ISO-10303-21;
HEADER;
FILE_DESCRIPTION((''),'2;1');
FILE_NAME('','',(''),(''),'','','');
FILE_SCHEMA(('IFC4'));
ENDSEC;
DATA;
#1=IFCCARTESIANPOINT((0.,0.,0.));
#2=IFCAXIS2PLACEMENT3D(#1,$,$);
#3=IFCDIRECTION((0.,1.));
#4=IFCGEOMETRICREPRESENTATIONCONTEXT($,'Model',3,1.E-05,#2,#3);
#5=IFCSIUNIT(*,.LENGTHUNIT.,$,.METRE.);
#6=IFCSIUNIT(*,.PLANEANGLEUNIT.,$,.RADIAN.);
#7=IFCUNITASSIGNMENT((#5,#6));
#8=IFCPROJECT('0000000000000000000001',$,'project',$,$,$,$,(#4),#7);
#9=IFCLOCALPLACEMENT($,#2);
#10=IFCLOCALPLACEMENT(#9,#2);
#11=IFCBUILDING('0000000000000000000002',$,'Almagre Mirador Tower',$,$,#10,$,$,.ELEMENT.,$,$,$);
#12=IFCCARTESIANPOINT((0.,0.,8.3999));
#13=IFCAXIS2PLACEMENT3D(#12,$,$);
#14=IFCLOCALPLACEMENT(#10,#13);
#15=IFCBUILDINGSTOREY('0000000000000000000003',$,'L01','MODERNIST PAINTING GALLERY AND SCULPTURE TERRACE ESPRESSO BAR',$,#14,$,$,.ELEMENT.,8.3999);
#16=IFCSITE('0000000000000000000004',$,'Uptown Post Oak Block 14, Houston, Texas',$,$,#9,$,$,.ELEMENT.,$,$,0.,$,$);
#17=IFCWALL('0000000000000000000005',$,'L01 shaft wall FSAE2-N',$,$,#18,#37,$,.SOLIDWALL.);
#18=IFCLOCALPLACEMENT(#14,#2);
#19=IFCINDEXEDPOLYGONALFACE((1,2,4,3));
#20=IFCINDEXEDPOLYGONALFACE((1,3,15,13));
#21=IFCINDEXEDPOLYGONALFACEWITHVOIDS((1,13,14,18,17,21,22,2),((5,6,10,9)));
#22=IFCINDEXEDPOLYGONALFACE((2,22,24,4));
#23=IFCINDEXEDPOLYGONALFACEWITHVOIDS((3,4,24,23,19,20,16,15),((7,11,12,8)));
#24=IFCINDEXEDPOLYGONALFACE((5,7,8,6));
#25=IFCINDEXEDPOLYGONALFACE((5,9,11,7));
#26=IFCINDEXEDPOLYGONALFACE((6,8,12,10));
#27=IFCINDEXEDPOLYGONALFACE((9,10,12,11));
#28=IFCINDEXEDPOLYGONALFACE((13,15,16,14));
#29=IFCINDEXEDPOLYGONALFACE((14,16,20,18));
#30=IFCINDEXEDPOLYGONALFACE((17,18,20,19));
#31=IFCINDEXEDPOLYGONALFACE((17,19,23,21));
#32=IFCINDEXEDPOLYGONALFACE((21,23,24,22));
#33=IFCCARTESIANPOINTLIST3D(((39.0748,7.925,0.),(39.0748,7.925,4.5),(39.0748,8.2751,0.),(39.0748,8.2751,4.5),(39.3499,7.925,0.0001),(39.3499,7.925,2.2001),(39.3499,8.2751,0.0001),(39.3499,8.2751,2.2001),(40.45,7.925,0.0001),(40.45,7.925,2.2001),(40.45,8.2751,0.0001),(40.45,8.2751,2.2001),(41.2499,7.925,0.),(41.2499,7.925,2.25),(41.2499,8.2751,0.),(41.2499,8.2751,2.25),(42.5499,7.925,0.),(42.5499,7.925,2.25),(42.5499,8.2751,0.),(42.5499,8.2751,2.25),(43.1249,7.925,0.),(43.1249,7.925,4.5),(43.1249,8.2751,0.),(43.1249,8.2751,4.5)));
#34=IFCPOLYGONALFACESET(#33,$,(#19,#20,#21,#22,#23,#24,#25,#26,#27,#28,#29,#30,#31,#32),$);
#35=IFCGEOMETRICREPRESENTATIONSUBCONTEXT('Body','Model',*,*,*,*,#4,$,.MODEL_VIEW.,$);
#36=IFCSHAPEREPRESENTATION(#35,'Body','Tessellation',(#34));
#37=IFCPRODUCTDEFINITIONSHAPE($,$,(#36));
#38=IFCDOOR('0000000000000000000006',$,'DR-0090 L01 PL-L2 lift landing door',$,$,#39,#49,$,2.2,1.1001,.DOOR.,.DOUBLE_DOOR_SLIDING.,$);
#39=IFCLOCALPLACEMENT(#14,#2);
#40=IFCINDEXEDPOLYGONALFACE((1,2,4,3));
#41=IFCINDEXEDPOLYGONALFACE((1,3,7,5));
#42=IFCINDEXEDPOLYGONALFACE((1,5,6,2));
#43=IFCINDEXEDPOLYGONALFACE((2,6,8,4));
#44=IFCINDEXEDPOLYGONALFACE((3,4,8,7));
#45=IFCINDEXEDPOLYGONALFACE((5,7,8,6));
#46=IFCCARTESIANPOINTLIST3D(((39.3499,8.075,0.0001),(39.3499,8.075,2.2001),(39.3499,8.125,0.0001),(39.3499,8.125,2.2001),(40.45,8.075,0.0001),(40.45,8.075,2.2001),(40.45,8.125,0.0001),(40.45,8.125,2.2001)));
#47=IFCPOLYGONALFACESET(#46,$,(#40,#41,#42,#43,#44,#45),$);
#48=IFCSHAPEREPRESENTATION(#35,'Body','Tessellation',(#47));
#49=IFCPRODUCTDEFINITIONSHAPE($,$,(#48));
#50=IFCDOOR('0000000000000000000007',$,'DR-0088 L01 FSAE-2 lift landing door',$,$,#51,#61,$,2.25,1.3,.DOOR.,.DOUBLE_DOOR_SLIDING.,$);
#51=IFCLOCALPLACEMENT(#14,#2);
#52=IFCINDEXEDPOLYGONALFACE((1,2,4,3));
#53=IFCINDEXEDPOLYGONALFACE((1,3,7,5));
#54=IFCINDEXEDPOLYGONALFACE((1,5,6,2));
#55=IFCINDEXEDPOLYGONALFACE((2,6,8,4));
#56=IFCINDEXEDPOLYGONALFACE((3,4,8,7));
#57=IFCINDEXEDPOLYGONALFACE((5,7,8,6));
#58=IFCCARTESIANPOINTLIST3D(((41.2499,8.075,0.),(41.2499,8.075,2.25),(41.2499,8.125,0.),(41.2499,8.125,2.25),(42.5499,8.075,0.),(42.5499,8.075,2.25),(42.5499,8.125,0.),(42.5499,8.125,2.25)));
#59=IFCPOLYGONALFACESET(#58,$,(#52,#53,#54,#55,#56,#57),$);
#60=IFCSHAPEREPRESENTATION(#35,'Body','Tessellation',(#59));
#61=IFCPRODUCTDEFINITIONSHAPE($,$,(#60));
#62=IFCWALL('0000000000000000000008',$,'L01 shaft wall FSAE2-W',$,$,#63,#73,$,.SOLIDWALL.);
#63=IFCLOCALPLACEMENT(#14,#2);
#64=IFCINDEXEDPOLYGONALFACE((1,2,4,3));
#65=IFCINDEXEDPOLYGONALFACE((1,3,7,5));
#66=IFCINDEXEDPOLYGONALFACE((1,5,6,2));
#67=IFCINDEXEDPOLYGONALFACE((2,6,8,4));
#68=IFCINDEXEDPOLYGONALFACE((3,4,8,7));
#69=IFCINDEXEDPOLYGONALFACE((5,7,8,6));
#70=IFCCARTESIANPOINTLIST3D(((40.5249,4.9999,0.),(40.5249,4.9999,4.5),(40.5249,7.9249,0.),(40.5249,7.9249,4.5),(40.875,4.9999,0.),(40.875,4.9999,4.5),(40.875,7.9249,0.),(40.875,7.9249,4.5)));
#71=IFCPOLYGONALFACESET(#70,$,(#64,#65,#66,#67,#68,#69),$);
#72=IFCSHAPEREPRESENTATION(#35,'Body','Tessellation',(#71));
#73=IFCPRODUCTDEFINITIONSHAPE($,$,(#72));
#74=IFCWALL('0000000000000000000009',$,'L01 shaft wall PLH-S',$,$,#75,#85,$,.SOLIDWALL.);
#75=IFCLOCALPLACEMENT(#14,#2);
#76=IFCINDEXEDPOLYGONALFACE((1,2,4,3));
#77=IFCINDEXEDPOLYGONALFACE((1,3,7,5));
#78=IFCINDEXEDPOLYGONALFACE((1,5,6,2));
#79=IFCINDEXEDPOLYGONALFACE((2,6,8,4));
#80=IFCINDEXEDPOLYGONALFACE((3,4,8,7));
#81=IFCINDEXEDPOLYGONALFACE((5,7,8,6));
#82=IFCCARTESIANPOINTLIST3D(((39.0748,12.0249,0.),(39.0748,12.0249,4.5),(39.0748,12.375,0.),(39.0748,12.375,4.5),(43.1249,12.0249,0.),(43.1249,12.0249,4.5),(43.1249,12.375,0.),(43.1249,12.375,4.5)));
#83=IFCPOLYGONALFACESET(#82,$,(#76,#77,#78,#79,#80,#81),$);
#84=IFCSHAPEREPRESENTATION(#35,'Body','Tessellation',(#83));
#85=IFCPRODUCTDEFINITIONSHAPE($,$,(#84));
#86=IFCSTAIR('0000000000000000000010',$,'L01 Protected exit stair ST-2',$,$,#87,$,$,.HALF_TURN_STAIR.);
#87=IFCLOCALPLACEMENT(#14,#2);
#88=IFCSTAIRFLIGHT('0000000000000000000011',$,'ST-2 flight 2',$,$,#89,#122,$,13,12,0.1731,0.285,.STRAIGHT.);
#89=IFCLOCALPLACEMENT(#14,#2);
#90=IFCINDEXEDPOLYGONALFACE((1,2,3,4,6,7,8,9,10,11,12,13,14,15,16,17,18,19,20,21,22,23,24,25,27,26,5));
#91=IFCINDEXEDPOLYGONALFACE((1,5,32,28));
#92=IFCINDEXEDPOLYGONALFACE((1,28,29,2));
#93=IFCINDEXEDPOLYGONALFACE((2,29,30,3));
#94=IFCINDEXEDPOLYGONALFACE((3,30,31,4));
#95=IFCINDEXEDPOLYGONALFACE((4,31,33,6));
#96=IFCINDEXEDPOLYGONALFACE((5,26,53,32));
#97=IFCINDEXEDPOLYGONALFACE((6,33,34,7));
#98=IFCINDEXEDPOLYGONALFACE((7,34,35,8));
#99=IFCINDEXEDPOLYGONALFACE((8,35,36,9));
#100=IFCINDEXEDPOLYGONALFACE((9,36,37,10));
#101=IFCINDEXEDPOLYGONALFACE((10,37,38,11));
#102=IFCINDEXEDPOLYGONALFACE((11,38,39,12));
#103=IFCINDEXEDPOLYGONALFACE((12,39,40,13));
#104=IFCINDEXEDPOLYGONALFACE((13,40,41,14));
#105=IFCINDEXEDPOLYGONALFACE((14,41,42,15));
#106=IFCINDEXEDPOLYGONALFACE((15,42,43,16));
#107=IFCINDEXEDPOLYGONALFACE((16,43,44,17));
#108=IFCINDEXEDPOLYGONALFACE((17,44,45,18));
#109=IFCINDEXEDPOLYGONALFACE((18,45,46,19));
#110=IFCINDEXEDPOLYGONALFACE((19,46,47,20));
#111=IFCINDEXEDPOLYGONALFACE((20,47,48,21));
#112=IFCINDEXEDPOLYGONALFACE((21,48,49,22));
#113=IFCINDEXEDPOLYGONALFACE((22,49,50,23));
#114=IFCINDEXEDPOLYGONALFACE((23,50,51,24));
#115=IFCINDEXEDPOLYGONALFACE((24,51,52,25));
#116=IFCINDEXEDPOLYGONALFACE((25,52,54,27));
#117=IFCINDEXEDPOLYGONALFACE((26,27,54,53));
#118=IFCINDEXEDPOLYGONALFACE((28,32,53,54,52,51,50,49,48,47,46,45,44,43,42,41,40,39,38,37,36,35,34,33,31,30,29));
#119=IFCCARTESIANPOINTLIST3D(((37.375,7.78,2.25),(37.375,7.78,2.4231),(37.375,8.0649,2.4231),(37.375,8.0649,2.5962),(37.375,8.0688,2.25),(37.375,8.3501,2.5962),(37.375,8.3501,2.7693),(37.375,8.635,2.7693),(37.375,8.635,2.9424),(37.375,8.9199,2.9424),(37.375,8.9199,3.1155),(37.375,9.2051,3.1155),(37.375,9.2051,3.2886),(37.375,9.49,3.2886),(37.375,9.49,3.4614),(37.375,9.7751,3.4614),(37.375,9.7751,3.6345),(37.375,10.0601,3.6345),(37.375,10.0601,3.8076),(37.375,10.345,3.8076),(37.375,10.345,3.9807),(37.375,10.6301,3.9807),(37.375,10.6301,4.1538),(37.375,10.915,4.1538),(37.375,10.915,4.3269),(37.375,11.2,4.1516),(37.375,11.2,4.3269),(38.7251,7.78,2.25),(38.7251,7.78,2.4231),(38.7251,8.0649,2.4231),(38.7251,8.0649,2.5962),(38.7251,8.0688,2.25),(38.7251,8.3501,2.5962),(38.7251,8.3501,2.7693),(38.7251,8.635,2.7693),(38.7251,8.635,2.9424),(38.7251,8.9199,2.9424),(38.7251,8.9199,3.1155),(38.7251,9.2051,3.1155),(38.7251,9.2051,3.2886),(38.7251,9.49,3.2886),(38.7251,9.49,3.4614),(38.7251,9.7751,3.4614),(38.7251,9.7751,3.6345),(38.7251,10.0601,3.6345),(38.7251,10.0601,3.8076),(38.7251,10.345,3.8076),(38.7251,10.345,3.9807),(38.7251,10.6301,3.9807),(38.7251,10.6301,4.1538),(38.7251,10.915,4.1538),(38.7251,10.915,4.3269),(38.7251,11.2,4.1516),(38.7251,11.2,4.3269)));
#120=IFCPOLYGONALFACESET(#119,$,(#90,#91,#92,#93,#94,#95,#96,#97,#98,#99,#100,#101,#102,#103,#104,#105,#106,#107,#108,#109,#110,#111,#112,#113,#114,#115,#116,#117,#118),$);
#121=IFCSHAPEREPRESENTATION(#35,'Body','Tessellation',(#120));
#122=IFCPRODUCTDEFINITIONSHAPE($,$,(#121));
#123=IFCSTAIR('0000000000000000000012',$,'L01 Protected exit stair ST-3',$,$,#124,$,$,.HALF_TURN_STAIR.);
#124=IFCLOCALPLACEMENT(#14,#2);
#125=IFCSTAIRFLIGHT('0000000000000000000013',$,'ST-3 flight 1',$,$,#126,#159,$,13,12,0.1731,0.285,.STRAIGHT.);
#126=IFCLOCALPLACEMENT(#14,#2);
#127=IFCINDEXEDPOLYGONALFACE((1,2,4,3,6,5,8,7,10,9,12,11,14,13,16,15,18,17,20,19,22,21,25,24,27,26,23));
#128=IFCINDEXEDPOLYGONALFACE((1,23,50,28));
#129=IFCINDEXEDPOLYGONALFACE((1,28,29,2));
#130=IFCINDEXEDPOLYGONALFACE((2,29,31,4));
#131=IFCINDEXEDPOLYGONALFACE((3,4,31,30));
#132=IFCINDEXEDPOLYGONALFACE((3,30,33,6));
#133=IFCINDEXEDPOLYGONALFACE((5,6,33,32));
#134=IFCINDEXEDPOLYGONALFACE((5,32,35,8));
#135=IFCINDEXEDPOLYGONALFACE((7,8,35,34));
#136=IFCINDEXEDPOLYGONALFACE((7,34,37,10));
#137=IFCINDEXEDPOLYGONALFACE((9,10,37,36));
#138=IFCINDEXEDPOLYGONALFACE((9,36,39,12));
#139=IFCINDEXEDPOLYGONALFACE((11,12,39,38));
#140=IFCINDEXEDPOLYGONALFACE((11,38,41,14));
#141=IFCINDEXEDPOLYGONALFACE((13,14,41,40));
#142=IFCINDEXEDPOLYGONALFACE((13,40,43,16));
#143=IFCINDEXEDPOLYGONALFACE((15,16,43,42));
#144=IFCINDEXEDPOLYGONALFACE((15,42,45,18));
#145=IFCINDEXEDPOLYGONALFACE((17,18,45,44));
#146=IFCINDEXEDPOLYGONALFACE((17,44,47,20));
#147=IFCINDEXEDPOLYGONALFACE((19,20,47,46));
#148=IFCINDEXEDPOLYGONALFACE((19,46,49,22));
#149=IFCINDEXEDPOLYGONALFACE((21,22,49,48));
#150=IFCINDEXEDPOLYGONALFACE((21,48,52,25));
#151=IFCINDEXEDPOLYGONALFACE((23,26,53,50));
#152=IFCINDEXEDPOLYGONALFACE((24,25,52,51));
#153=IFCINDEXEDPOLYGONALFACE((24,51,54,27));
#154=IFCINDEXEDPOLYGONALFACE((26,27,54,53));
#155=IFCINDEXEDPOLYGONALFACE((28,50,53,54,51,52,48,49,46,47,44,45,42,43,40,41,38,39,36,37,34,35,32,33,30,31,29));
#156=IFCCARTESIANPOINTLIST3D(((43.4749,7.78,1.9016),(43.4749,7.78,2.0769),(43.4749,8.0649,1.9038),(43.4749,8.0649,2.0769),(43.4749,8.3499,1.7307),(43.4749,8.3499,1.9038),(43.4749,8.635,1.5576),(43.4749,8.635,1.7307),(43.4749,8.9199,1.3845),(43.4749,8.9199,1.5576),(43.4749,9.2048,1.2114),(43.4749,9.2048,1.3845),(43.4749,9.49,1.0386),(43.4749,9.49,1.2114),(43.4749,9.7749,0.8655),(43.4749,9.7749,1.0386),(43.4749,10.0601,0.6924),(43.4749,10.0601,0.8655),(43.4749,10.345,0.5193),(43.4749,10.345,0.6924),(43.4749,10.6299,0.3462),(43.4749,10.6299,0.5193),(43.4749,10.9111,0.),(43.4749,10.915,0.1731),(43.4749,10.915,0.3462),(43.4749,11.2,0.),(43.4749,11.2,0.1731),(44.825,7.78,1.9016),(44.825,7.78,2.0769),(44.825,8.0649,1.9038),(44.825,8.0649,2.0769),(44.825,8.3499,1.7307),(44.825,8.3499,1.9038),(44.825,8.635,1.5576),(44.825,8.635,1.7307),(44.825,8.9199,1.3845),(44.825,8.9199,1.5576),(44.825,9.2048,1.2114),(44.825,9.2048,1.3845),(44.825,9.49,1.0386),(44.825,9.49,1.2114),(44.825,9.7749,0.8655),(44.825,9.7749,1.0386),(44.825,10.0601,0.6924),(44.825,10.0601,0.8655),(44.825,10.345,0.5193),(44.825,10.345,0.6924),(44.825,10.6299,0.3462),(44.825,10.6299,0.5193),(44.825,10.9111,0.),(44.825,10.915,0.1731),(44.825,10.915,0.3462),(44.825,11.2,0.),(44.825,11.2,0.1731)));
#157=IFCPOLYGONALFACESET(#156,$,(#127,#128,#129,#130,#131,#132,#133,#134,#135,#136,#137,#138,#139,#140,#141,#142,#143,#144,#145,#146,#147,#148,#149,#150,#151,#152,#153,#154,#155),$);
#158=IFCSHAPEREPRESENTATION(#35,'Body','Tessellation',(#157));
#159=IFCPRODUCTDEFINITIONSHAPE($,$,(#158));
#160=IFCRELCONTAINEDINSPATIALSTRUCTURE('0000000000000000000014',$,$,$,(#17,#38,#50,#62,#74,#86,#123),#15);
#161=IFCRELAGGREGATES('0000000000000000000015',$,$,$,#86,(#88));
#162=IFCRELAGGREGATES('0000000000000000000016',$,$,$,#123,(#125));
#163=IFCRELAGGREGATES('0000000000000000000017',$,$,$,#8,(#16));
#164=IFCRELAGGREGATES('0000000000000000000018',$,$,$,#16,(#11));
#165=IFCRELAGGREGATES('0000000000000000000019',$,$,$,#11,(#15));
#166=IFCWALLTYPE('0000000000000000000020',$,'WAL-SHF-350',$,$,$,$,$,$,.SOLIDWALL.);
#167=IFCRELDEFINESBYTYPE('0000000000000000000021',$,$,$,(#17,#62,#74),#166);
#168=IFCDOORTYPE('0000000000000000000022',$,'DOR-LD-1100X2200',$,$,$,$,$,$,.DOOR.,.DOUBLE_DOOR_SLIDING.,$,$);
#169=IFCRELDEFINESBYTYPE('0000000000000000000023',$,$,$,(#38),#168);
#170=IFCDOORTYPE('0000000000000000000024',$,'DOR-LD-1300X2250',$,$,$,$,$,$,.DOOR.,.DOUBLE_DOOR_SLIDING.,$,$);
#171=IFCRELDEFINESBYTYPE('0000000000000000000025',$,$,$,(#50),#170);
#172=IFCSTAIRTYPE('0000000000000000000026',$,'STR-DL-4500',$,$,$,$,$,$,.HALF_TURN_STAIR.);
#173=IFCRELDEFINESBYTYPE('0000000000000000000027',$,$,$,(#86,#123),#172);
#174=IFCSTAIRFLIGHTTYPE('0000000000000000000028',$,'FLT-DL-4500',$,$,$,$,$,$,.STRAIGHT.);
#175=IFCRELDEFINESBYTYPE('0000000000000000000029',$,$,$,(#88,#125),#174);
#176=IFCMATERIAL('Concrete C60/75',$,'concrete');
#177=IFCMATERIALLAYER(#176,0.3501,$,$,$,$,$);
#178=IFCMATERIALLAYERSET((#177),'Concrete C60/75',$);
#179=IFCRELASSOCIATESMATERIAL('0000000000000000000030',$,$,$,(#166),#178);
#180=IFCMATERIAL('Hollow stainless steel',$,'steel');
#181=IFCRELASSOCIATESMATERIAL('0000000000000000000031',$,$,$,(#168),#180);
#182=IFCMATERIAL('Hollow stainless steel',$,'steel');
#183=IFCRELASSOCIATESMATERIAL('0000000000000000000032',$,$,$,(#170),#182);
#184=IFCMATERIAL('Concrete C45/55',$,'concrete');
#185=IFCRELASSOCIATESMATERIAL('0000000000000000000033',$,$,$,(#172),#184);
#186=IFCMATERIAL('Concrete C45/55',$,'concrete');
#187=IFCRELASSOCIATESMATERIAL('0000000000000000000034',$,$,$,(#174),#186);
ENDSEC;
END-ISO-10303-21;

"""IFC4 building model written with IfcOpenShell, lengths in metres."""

from ifc_helpers import new_model, si_unit, direction, frame, frame_2d, origin, place, context, subcontext, project, spatial, polyline, rectangle, outline, extrude, material, layer, layer_set, type_object, element, fill, aggregate, save


model = new_model("IFC4")

# Units and contexts
model_context = context("Model", 3, precision=1e-05, world=origin(), true_north=direction((0.0, 1.0)))
body_context = subcontext(model_context, "Body", "Model", "MODEL_VIEW")
ifc_project = project(units=[si_unit("LENGTHUNIT", "METRE"), si_unit("PLANEANGLEUNIT", "RADIAN")], contexts=[model_context])

# Site, building, storey
site_placement = place(None, origin())
site = spatial("IfcSite", under=ifc_project, at=site_placement, Name="Uptown Post Oak Block 14, Houston, Texas", CompositionType="ELEMENT", RefElevation=0.0)
building_placement = place(site_placement, origin())
building = spatial("IfcBuilding", under=site, at=building_placement, Name="Almagre Mirador Tower", CompositionType="ELEMENT")
storey_placement = place(building_placement, frame((0.0, 0.0, 8.3999)))
storey = spatial("IfcBuildingStorey", under=building, at=storey_placement, Name="L01", Description="MODERNIST PAINTING GALLERY AND SCULPTURE TERRACE ESPRESSO BAR", CompositionType="ELEMENT", Elevation=8.3999)

# Shared definitions
ifc_material_1 = material(Name="Concrete C60/75", Category="concrete")
ifc_layer_1 = layer(ifc_material_1, 0.3501)
ifc_layer_set_1 = layer_set([ifc_layer_1], Name="Concrete C60/75")
wall_type_1 = type_object("IfcWallType", Name="WAL-SHF-350", PredefinedType="SOLIDWALL", material=ifc_layer_set_1)

# Wall, openings, doors
wall_1_placement = place(storey_placement, frame((39.075, 8.1001, 0.0), z_axis=(0.0, 0.0, 1.0), x_axis=(1.0, 0.0, 0.0)))
wall_1 = element("IfcWall", 1, at=wall_1_placement, inside=storey, type_object=wall_type_1, Name="L01 shaft wall FSAE2-N", PredefinedType="SOLIDWALL", context=body_context, shape_type="SweptSolid", body=[
    extrude(rectangle(XDim=4.05, YDim=0.3501, at=frame_2d((2.0249, 0.0))), origin(), (0.0, 0.0, 1.0), 4.5),
])
opening_1_placement = place(wall_1_placement, frame((2.175, 0.0, 0.0)))
opening_1 = element("IfcOpeningElement", 2, at=opening_1_placement, cuts=wall_1, PredefinedType="OPENING", context=body_context, shape_type="SweptSolid", body=[
    extrude(rectangle(XDim=1.3, YDim=2.25, at=frame_2d((0.6499, 1.125))), frame((0.0, 0.185, 0.0), z_axis=(0.0, -1.0, 0.0), x_axis=(1.0, 0.0, 0.0)), (0.0, 0.0, 1.0), 0.3701),
])
opening_2_placement = place(wall_1_placement, frame((0.2749, 0.0, 0.0)))
opening_2 = element("IfcOpeningElement", 3, at=opening_2_placement, cuts=wall_1, PredefinedType="OPENING", context=body_context, shape_type="SweptSolid", body=[
    extrude(rectangle(XDim=1.1001, YDim=2.2, at=frame_2d((0.55, 1.1001))), frame((0.0, 0.185, 0.0), z_axis=(0.0, -1.0, 0.0), x_axis=(1.0, 0.0, 0.0)), (0.0, 0.0, 1.0), 0.3701),
])
ifc_material_2 = material(Name="Hollow stainless steel", Category="steel")
door_type_1 = type_object("IfcDoorType", Name="DOR-LD-1100X2200", OperationType="DOUBLE_DOOR_SLIDING", PredefinedType="DOOR", material=ifc_material_2)
door_1_placement = place(opening_2_placement, origin())
door_1 = element("IfcDoor", 4, at=door_1_placement, inside=storey, type_object=door_type_1, Name="DR-0090 L01 PL-L2 lift landing door", OperationType="DOUBLE_DOOR_SLIDING", OverallHeight=2.2, OverallWidth=1.1001, PredefinedType="DOOR", context=body_context, shape_type="SweptSolid", body=[
    extrude(rectangle(XDim=1.1001, YDim=2.2, at=frame_2d((0.55, 1.1001))), frame((0.0, 0.0249, 0.0), z_axis=(0.0, -1.0, 0.0), x_axis=(1.0, 0.0, 0.0)), (0.0, 0.0, 1.0), 0.05),
])
fill(opening_2, door_1)
ifc_material_3 = material(Name="Hollow stainless steel", Category="steel")
door_type_2 = type_object("IfcDoorType", Name="DOR-LD-1300X2250", OperationType="DOUBLE_DOOR_SLIDING", PredefinedType="DOOR", material=ifc_material_3)
door_2_placement = place(opening_1_placement, origin())
door_2 = element("IfcDoor", 5, at=door_2_placement, inside=storey, type_object=door_type_2, Name="DR-0088 L01 FSAE-2 lift landing door", OperationType="DOUBLE_DOOR_SLIDING", OverallHeight=2.25, OverallWidth=1.3, PredefinedType="DOOR", context=body_context, shape_type="SweptSolid", body=[
    extrude(rectangle(XDim=1.3, YDim=2.25, at=frame_2d((0.6499, 1.125))), frame((0.0, 0.0249, 0.0), z_axis=(0.0, -1.0, 0.0), x_axis=(1.0, 0.0, 0.0)), (0.0, 0.0, 1.0), 0.05),
])
fill(opening_1, door_2)

# Walls
wall_2_placement = place(storey_placement, frame((40.7, 5.0, 0.0), z_axis=(0.0, 0.0, 1.0), x_axis=(0.0, 1.0, 0.0)))
element("IfcWall", 6, at=wall_2_placement, inside=storey, type_object=wall_type_1, Name="L01 shaft wall FSAE2-W", PredefinedType="SOLIDWALL", context=body_context, shape_type="SweptSolid", body=[
    extrude(rectangle(XDim=2.925, YDim=0.3501, at=frame_2d((1.4624, 0.0))), origin(), (0.0, 0.0, 1.0), 4.5),
])
wall_3_placement = place(storey_placement, frame((39.075, 12.2, 0.0), z_axis=(0.0, 0.0, 1.0), x_axis=(1.0, 0.0, 0.0)))
element("IfcWall", 7, at=wall_3_placement, inside=storey, type_object=wall_type_1, Name="L01 shaft wall PLH-S", PredefinedType="SOLIDWALL", context=body_context, shape_type="SweptSolid", body=[
    extrude(rectangle(XDim=4.05, YDim=0.3501, at=frame_2d((2.0249, 0.0))), origin(), (0.0, 0.0, 1.0), 4.5),
])

# Stairs, stair flights
ifc_material_4 = material(Name="Concrete C45/55", Category="concrete")
stair_type = type_object("IfcStairType", Name="STR-DL-4500", PredefinedType="HALF_TURN_STAIR", material=ifc_material_4)
stair_1_placement = place(storey_placement, origin())
stair_1 = element("IfcStair", 8, at=stair_1_placement, inside=storey, type_object=stair_type, Name="L01 Protected exit stair ST-2", PredefinedType="HALF_TURN_STAIR")
ifc_material_5 = material(Name="Concrete C45/55", Category="concrete")
stair_flight_type = type_object("IfcStairFlightType", Name="FLT-DL-4500", PredefinedType="STRAIGHT", material=ifc_material_5)
stair_flight_1_placement = place(storey_placement, frame((38.05, 7.78, 2.25), z_axis=(0.0, 0.0, 1.0), x_axis=(0.0, 1.0, 0.0)))
stair_flight_1 = element("IfcStairFlight", 9, at=stair_flight_1_placement, type_object=stair_flight_type, Name="ST-2 flight 2", NumberOfRisers=13, NumberOfTreads=12, PredefinedType="STRAIGHT", RiserHeight=0.1731, TreadLength=0.285, context=body_context, shape_type="SweptSolid", body=[
    extrude(outline(polyline([(0.0, 0.0), (0.0, 0.1731), (0.2849, 0.1731), (0.2849, 0.3462), (0.5701, 0.3462), (0.5701, 0.5193), (0.855, 0.5193), (0.855, 0.6924), (1.1399, 0.6924), (1.1399, 0.8655), (1.425, 0.8655), (1.425, 1.0386), (1.71, 1.0386), (1.71, 1.2114), (1.9951, 1.2114), (1.9951, 1.3845), (2.28, 1.3845), (2.28, 1.5576), (2.5649, 1.5576), (2.5649, 1.7307), (2.8501, 1.7307), (2.8501, 1.9038), (3.135, 1.9038), (3.135, 2.0769), (3.4199, 2.0769), (3.4199, 2.25), (3.4199, 1.9016), (0.2888, 0.0), (0.0, 0.0)])), frame((0.0, 0.675, 0.0), z_axis=(0.0, -1.0, 0.0), x_axis=(1.0, 0.0, 0.0)), (0.0, 0.0, 1.0), 1.3501),
])
aggregate(stair_1, [stair_flight_1])
stair_2_placement = place(storey_placement, origin())
stair_2 = element("IfcStair", 10, at=stair_2_placement, inside=storey, type_object=stair_type, Name="L01 Protected exit stair ST-3", PredefinedType="HALF_TURN_STAIR")
stair_flight_2_placement = place(storey_placement, frame((44.1499, 11.2, 0.0), z_axis=(0.0, 0.0, 1.0), x_axis=(0.0, -1.0, 0.0)))
stair_flight_2 = element("IfcStairFlight", 11, at=stair_flight_2_placement, type_object=stair_flight_type, Name="ST-3 flight 1", NumberOfRisers=13, NumberOfTreads=12, PredefinedType="STRAIGHT", RiserHeight=0.1731, TreadLength=0.285, context=body_context, shape_type="SweptSolid", body=[
    extrude(outline(polyline([(0.0, 0.0), (0.0, 0.1731), (0.2849, 0.1731), (0.2849, 0.3462), (0.5701, 0.3462), (0.5701, 0.5193), (0.855, 0.5193), (0.855, 0.6924), (1.1399, 0.6924), (1.1399, 0.8655), (1.425, 0.8655), (1.425, 1.0386), (1.71, 1.0386), (1.71, 1.2114), (1.9951, 1.2114), (1.9951, 1.3845), (2.28, 1.3845), (2.28, 1.5576), (2.5649, 1.5576), (2.5649, 1.7307), (2.8501, 1.7307), (2.8501, 1.9038), (3.135, 1.9038), (3.135, 2.0769), (3.4199, 2.0769), (3.4199, 2.25), (3.4199, 1.9016), (0.2888, 0.0), (0.0, 0.0)])), frame((0.0, 0.675, 0.0), z_axis=(0.0, -1.0, 0.0), x_axis=(1.0, 0.0, 0.0)), (0.0, 0.0, 1.0), 1.3501),
])
aggregate(stair_2, [stair_flight_2])

save(model, "model.ifc")
